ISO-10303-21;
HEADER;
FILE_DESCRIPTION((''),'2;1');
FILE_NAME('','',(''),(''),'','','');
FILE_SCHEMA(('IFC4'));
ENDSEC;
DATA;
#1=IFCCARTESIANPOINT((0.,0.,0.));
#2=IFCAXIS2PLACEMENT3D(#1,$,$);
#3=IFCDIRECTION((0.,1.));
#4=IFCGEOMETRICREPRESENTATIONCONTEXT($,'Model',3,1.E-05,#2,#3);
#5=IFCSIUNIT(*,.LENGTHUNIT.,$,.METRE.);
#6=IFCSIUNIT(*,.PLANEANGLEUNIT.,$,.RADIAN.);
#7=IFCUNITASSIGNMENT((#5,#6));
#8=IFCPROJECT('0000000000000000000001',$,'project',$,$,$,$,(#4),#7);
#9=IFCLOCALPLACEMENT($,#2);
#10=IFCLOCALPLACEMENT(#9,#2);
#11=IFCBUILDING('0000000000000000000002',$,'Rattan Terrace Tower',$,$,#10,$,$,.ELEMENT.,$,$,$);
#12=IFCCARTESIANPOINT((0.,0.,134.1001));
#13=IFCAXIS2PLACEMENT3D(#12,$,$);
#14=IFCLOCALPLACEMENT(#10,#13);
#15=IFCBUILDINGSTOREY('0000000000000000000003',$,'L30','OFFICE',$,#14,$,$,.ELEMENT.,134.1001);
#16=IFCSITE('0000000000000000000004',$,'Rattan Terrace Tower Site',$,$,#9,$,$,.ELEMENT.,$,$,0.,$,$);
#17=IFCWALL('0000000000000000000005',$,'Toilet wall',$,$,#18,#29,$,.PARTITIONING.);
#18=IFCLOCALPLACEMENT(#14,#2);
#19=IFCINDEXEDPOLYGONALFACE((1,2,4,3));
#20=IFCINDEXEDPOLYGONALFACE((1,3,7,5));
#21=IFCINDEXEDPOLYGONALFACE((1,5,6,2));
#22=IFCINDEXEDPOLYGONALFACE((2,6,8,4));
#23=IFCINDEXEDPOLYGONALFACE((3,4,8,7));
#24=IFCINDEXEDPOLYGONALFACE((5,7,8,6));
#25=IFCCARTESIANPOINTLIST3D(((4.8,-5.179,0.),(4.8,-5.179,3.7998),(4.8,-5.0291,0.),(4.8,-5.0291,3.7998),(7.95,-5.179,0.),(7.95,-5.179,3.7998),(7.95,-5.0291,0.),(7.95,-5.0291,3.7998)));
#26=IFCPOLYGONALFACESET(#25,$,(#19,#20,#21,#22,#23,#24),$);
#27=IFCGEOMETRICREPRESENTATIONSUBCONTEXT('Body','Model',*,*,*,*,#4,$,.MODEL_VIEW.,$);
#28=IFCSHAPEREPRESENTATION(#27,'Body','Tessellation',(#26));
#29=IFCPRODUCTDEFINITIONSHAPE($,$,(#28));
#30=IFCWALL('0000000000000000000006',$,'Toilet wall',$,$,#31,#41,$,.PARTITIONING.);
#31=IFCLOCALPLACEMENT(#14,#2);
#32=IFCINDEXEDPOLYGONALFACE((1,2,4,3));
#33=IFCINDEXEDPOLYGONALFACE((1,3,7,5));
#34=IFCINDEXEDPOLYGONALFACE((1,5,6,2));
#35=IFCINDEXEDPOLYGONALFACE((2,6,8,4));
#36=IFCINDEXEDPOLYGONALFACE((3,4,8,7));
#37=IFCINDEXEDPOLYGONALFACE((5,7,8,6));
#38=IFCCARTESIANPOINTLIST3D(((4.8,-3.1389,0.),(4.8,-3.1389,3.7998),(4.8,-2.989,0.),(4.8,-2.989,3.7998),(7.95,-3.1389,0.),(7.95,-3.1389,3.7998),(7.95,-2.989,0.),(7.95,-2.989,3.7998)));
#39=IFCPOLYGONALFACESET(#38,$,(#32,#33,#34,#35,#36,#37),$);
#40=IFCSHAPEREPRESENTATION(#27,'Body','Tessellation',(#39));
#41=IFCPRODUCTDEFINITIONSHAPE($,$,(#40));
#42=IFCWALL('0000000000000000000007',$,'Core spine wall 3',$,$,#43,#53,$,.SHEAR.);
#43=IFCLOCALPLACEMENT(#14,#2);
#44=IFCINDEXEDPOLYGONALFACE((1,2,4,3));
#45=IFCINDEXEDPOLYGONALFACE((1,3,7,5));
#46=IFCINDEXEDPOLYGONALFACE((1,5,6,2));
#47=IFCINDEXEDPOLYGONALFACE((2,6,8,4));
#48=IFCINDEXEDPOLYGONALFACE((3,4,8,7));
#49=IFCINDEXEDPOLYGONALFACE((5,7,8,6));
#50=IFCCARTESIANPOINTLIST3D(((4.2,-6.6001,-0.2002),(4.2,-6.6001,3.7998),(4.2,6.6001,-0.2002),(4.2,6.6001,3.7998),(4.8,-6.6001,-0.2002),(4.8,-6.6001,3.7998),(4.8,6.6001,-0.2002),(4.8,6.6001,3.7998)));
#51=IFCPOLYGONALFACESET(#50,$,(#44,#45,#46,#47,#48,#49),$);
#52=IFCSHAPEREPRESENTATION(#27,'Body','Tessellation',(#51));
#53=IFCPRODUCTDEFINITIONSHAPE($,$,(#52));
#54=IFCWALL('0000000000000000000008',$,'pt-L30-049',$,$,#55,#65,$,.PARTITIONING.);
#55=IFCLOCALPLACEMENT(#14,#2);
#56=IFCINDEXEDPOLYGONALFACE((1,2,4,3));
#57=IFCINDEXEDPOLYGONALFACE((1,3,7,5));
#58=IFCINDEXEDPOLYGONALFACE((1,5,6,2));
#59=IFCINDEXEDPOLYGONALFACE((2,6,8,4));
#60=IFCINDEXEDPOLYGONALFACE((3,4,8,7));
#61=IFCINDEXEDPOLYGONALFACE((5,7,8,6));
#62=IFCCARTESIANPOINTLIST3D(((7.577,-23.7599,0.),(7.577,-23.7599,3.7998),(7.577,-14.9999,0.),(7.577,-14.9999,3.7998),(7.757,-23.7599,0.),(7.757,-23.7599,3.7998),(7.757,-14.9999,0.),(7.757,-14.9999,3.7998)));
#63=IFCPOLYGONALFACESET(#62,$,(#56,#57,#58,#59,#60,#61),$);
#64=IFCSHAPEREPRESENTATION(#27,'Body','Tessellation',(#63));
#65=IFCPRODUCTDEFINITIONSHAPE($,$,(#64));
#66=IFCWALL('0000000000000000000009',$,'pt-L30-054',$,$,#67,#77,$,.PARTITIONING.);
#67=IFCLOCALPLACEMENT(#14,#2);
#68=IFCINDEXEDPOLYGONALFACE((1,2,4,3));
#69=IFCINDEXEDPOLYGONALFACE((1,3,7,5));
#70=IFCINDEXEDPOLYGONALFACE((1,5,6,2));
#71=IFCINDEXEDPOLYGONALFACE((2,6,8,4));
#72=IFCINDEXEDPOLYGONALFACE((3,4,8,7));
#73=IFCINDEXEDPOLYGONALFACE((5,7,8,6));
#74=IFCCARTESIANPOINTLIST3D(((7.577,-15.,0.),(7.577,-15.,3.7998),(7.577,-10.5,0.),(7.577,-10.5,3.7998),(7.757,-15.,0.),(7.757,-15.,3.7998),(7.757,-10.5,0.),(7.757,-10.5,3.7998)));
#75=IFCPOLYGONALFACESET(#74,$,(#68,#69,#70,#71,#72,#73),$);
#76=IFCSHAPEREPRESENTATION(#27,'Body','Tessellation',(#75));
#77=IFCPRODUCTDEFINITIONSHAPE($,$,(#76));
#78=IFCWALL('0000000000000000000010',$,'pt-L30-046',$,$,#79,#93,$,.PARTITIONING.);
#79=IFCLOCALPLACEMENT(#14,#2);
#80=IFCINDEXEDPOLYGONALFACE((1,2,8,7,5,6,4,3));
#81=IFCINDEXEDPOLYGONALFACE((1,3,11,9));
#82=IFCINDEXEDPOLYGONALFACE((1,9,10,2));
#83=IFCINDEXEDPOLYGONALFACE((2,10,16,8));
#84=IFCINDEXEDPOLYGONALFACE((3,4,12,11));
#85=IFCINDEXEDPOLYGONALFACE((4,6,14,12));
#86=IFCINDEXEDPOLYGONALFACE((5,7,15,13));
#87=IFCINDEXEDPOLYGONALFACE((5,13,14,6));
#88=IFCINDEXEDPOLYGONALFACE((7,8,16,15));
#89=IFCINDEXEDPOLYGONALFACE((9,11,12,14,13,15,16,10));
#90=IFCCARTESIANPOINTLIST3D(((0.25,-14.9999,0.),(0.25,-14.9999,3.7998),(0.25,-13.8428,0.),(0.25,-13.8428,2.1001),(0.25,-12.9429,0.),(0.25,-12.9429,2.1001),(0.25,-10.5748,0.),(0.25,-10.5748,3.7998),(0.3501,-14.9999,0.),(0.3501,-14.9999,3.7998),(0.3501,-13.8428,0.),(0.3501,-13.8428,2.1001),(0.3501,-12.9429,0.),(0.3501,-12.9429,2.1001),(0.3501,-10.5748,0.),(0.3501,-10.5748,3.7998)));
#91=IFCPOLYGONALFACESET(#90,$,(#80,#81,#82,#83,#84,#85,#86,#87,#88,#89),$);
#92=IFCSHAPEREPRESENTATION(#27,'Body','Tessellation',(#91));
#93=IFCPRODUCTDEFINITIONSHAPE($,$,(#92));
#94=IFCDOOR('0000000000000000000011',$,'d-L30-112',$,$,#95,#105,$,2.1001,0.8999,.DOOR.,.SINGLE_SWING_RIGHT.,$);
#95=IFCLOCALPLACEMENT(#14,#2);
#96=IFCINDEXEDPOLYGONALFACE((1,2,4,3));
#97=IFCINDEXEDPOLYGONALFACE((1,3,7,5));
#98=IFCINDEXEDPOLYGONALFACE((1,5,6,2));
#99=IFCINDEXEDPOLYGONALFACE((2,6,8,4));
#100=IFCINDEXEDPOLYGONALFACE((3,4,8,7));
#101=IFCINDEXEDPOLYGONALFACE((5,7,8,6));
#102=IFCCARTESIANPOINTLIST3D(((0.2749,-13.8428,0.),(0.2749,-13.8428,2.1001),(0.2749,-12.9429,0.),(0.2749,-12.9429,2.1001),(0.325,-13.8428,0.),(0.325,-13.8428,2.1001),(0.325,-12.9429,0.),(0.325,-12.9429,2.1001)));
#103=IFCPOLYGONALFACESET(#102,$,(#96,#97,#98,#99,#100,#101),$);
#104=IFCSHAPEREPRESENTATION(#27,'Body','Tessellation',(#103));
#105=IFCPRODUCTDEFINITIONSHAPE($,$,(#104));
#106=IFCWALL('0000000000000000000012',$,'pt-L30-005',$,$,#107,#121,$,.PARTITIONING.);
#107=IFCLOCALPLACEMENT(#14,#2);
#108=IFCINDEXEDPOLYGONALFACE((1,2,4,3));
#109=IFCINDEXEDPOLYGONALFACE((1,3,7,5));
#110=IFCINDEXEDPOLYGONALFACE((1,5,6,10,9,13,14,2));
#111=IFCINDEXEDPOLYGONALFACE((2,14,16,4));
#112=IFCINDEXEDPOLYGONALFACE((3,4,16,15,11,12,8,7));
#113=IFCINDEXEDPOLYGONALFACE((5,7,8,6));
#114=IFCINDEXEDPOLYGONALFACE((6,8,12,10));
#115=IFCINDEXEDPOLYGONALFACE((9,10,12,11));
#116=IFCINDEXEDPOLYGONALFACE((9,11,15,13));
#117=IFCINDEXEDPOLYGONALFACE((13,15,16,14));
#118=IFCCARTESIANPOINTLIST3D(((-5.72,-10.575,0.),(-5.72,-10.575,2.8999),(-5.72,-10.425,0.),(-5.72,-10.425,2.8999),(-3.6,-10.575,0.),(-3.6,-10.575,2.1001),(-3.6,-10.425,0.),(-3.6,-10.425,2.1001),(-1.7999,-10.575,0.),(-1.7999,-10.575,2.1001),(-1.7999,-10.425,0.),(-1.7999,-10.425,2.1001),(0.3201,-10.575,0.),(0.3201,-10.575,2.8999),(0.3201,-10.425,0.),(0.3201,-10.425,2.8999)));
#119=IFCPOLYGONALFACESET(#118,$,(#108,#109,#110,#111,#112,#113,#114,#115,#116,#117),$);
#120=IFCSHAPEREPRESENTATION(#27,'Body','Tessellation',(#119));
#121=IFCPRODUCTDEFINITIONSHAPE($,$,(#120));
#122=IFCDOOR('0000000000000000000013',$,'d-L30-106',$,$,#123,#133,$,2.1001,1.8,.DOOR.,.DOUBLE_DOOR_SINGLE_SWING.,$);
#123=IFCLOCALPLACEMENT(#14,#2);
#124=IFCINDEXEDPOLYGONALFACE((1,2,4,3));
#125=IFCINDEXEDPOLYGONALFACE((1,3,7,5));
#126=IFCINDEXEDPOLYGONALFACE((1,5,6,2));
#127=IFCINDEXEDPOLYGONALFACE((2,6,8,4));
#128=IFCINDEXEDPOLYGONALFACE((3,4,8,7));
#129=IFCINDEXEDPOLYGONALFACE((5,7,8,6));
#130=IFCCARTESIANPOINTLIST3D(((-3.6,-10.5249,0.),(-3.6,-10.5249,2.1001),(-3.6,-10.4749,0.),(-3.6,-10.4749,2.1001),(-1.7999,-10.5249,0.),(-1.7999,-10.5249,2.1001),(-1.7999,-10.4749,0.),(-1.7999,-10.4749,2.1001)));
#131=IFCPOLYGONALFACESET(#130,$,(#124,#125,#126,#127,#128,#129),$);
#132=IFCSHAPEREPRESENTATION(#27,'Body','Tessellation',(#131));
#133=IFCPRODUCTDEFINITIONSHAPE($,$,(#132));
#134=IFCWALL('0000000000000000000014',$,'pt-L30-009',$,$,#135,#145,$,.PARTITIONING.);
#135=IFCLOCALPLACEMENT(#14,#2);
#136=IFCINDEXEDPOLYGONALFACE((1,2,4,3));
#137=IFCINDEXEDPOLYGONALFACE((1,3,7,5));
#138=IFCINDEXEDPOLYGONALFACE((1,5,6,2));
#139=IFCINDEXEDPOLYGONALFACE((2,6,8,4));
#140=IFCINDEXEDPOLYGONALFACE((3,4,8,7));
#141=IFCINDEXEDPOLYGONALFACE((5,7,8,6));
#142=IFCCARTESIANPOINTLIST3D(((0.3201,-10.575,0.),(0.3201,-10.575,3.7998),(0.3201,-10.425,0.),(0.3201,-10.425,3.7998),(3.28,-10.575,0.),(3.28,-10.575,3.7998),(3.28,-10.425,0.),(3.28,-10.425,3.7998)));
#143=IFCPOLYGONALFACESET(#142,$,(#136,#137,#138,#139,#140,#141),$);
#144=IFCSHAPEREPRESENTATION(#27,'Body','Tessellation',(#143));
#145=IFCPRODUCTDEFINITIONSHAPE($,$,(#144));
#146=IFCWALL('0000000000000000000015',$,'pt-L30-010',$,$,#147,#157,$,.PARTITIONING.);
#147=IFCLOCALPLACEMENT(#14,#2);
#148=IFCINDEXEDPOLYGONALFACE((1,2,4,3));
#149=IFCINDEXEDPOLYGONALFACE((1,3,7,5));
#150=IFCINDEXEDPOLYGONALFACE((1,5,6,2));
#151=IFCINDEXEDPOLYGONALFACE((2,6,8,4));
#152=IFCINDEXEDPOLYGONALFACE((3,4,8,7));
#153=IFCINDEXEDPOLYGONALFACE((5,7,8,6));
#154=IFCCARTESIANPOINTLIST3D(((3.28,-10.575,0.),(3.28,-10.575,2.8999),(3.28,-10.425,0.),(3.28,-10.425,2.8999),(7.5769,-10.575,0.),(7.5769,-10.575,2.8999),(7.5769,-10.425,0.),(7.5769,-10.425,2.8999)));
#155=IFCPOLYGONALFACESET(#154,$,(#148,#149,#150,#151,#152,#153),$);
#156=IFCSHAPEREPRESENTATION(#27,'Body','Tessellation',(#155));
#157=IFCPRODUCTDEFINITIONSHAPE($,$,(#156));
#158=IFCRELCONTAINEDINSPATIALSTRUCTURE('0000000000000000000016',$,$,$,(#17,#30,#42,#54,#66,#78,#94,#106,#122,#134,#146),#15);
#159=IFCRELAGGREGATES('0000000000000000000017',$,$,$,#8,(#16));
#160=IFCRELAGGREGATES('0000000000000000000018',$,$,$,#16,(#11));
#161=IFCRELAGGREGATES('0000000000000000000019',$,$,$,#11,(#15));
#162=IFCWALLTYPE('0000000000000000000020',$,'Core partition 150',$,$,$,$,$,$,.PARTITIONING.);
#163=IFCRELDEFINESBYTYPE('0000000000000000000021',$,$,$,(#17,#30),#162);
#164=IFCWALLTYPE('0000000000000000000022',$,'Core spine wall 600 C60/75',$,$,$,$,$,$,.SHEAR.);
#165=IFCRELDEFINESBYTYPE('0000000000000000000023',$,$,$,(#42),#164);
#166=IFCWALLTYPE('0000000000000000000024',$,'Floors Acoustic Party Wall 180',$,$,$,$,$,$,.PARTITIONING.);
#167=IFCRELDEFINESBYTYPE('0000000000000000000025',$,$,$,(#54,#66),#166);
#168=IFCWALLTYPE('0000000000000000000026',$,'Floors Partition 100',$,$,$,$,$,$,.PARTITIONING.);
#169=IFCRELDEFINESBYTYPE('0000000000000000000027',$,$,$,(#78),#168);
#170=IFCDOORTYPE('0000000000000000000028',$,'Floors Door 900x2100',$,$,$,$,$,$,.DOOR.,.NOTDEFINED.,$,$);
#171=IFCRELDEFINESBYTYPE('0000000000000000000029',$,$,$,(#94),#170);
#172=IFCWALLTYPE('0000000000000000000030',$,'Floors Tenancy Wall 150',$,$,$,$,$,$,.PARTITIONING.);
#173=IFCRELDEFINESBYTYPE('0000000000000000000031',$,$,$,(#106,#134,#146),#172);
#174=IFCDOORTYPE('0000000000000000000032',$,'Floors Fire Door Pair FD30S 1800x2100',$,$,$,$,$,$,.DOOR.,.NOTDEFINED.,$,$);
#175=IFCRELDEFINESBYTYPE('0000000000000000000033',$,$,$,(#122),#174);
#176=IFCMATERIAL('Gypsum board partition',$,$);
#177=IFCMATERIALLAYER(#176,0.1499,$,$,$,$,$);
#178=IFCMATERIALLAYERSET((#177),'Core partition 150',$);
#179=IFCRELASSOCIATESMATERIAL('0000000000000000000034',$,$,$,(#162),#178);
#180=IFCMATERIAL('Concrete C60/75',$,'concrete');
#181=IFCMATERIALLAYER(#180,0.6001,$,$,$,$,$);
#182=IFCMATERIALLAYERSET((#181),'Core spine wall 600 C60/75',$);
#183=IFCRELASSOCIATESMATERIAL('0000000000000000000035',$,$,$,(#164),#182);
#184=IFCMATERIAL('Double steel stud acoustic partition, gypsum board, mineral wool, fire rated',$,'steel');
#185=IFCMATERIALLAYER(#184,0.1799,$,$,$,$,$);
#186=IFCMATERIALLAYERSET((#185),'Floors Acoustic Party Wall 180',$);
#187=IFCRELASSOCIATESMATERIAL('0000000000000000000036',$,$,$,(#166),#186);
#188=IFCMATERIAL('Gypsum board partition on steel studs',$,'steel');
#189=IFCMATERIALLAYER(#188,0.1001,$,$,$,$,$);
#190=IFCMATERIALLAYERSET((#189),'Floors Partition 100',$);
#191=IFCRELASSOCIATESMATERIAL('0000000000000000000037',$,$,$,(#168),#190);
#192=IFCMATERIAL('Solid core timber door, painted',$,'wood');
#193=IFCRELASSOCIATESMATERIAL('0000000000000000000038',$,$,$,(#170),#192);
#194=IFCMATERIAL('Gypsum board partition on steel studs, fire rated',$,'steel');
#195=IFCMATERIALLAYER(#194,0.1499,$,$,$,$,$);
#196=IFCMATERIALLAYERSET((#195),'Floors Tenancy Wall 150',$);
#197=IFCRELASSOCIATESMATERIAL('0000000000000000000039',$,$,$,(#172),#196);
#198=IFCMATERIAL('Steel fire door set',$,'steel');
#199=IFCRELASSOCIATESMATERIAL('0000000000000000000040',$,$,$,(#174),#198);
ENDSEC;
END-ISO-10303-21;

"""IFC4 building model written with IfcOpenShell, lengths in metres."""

from ifc_helpers import new_model, si_unit, direction, frame, frame_2d, origin, place, context, subcontext, project, spatial, rectangle, extrude, material, layer, layer_set, type_object, element, fill, save


model = new_model("IFC4")

# Units and contexts
model_context = context("Model", 3, precision=1e-05, world=origin(), true_north=direction((0.0, 1.0)))
body_context = subcontext(model_context, "Body", "Model", "MODEL_VIEW")
ifc_project = project(units=[si_unit("LENGTHUNIT", "METRE"), si_unit("PLANEANGLEUNIT", "RADIAN")], contexts=[model_context])

# Site, building, storey
site_placement = place(None, origin())
site = spatial("IfcSite", under=ifc_project, at=site_placement, Name="Rattan Terrace Tower Site", CompositionType="ELEMENT", RefElevation=0.0)
building_placement = place(site_placement, origin())
building = spatial("IfcBuilding", under=site, at=building_placement, Name="Rattan Terrace Tower", CompositionType="ELEMENT")
storey_placement = place(building_placement, frame((0.0, 0.0, 134.1001)))
storey = spatial("IfcBuildingStorey", under=building, at=storey_placement, Name="L30", Description="OFFICE", CompositionType="ELEMENT", Elevation=134.1001)

# Walls
ifc_material_1 = material(Name="Gypsum board partition")
ifc_layer_1 = layer(ifc_material_1, 0.1499)
ifc_layer_set_1 = layer_set([ifc_layer_1], Name="Core partition 150")
wall_type_1 = type_object("IfcWallType", Name="Core partition 150", PredefinedType="PARTITIONING", material=ifc_layer_set_1)
for number, where, z_axis, x_axis, name in (
    (1, (4.8, -5.104, 0.0), (0.0, 0.0, 1.0), (1.0, 0.0, 0.0), "Toilet wall"),
    (2, (4.8, -3.064, 0.0), (0.0, 0.0, 1.0), (1.0, 0.0, 0.0), "Toilet wall"),
):
    element("IfcWall", number, at=place(storey_placement, frame(where, z_axis=z_axis, x_axis=x_axis)), inside=storey, type_object=wall_type_1, Name=name, PredefinedType="PARTITIONING", context=body_context, shape_type="SweptSolid", body=[
        extrude(rectangle(XDim=3.1499, YDim=0.1499, at=frame_2d((1.575, 0.0))), origin(), (0.0, 0.0, 1.0), 3.7998),
    ])
ifc_material_2 = material(Name="Concrete C60/75", Category="concrete")
ifc_layer_2 = layer(ifc_material_2, 0.6001)
ifc_layer_set_2 = layer_set([ifc_layer_2], Name="Core spine wall 600 C60/75")
wall_type_2 = type_object("IfcWallType", Name="Core spine wall 600 C60/75", PredefinedType="SHEAR", material=ifc_layer_set_2)
wall_1_placement = place(storey_placement, frame((4.5, -6.6001, -0.2002), z_axis=(0.0, 0.0, 1.0), x_axis=(0.0, 1.0, 0.0)))
element("IfcWall", 3, at=wall_1_placement, inside=storey, type_object=wall_type_2, Name="Core spine wall 3", PredefinedType="SHEAR", context=body_context, shape_type="SweptSolid", body=[
    extrude(rectangle(XDim=13.2002, YDim=0.6001, at=frame_2d((6.6001, 0.0))), origin(), (0.0, 0.0, 1.0), 4.0),
])
ifc_material_3 = material(Name="Double steel stud acoustic partition, gypsum board, mineral wool, fire rated", Category="steel")
ifc_layer_3 = layer(ifc_material_3, 0.1799)
ifc_layer_set_3 = layer_set([ifc_layer_3], Name="Floors Acoustic Party Wall 180")
wall_type_3 = type_object("IfcWallType", Name="Floors Acoustic Party Wall 180", PredefinedType="PARTITIONING", material=ifc_layer_set_3)
wall_2_placement = place(storey_placement, frame((7.667, -15.0, 0.0), z_axis=(0.0, 0.0, 1.0), x_axis=(0.0, -1.0, 0.0)))
element("IfcWall", 4, at=wall_2_placement, inside=storey, type_object=wall_type_3, Name="pt-L30-049", PredefinedType="PARTITIONING", context=body_context, shape_type="SweptSolid", body=[
    extrude(rectangle(XDim=8.76, YDim=0.1799, at=frame_2d((4.3799, 0.0))), origin(), (0.0, 0.0, 1.0), 3.7998),
])
wall_3_placement = place(storey_placement, frame((7.667, -10.5, 0.0), z_axis=(0.0, 0.0, 1.0), x_axis=(0.0, -1.0, 0.0)))
element("IfcWall", 5, at=wall_3_placement, inside=storey, type_object=wall_type_3, Name="pt-L30-054", PredefinedType="PARTITIONING", context=body_context, shape_type="SweptSolid", body=[
    extrude(rectangle(XDim=4.5, YDim=0.1799, at=frame_2d((2.25, 0.0))), origin(), (0.0, 0.0, 1.0), 3.7998),
])

# Walls, openings, doors
ifc_material_4 = material(Name="Gypsum board partition on steel studs", Category="steel")
ifc_layer_4 = layer(ifc_material_4, 0.1001)
ifc_layer_set_4 = layer_set([ifc_layer_4], Name="Floors Partition 100")
wall_type_4 = type_object("IfcWallType", Name="Floors Partition 100", PredefinedType="PARTITIONING", material=ifc_layer_set_4)
wall_4_placement = place(storey_placement, frame((0.3, -10.575, 0.0), z_axis=(0.0, 0.0, 1.0), x_axis=(0.0, -1.0, 0.0)))
wall_4 = element("IfcWall", 6, at=wall_4_placement, inside=storey, type_object=wall_type_4, Name="pt-L30-046", PredefinedType="PARTITIONING", context=body_context, shape_type="SweptSolid", body=[
    extrude(rectangle(XDim=4.425, YDim=0.1001, at=frame_2d((2.2124, 0.0))), origin(), (0.0, 0.0, 1.0), 3.7998),
])
opening_1_placement = place(wall_4_placement, frame((2.3679, 0.0, 0.0)))
opening_1 = element("IfcOpeningElement", 7, at=opening_1_placement, cuts=wall_4, PredefinedType="OPENING", context=body_context, shape_type="SweptSolid", body=[
    extrude(rectangle(XDim=0.8999, YDim=2.1001, at=frame_2d((0.45, 1.05))), frame((0.0, 0.0605, 0.0), z_axis=(0.0, -1.0, 0.0), x_axis=(1.0, 0.0, 0.0)), (0.0, 0.0, 1.0), 0.1211),
])
ifc_material_5 = material(Name="Solid core timber door, painted", Category="wood")
door_type_1 = type_object("IfcDoorType", Name="Floors Door 900x2100", OperationType="NOTDEFINED", PredefinedType="DOOR", material=ifc_material_5)
door_1_placement = place(opening_1_placement, origin())
door_1 = element("IfcDoor", 8, at=door_1_placement, inside=storey, type_object=door_type_1, Name="d-L30-112", OperationType="SINGLE_SWING_RIGHT", OverallHeight=2.1001, OverallWidth=0.8999, PredefinedType="DOOR", context=body_context, shape_type="SweptSolid", body=[
    extrude(rectangle(XDim=0.8999, YDim=2.1001, at=frame_2d((0.45, 1.05))), frame((0.0, 0.0249, 0.0), z_axis=(0.0, -1.0, 0.0), x_axis=(1.0, 0.0, 0.0)), (0.0, 0.0, 1.0), 0.05),
])
fill(opening_1, door_1)
ifc_material_6 = material(Name="Gypsum board partition on steel studs, fire rated", Category="steel")
ifc_layer_5 = layer(ifc_material_6, 0.1499)
ifc_layer_set_5 = layer_set([ifc_layer_5], Name="Floors Tenancy Wall 150")
wall_type_5 = type_object("IfcWallType", Name="Floors Tenancy Wall 150", PredefinedType="PARTITIONING", material=ifc_layer_set_5)
wall_5_placement = place(storey_placement, frame((0.3201, -10.5, 0.0), z_axis=(0.0, 0.0, 1.0), x_axis=(-1.0, 0.0, 0.0)))
wall_5 = element("IfcWall", 9, at=wall_5_placement, inside=storey, type_object=wall_type_5, Name="pt-L30-005", PredefinedType="PARTITIONING", context=body_context, shape_type="SweptSolid", body=[
    extrude(rectangle(XDim=6.04, YDim=0.1499, at=frame_2d((3.02, 0.0))), origin(), (0.0, 0.0, 1.0), 2.8999),
])
opening_2_placement = place(wall_5_placement, frame((2.1201, 0.0, 0.0)))
opening_2 = element("IfcOpeningElement", 10, at=opening_2_placement, cuts=wall_5, PredefinedType="OPENING", context=body_context, shape_type="SweptSolid", body=[
    extrude(rectangle(XDim=1.8, YDim=2.1001, at=frame_2d((0.8999, 1.05))), frame((0.0, 0.0854, 0.0), z_axis=(0.0, -1.0, 0.0), x_axis=(1.0, 0.0, 0.0)), (0.0, 0.0, 1.0), 0.1709),
])
ifc_material_7 = material(Name="Steel fire door set", Category="steel")
door_type_2 = type_object("IfcDoorType", Name="Floors Fire Door Pair FD30S 1800x2100", OperationType="NOTDEFINED", PredefinedType="DOOR", material=ifc_material_7)
door_2_placement = place(opening_2_placement, origin())
door_2 = element("IfcDoor", 11, at=door_2_placement, inside=storey, type_object=door_type_2, Name="d-L30-106", OperationType="DOUBLE_DOOR_SINGLE_SWING", OverallHeight=2.1001, OverallWidth=1.8, PredefinedType="DOOR", context=body_context, shape_type="SweptSolid", body=[
    extrude(rectangle(XDim=1.8, YDim=2.1001, at=frame_2d((0.8999, 1.05))), frame((0.0, 0.0249, 0.0), z_axis=(0.0, -1.0, 0.0), x_axis=(1.0, 0.0, 0.0)), (0.0, 0.0, 1.0), 0.05),
])
fill(opening_2, door_2)

# Walls
wall_6_placement = place(storey_placement, frame((3.28, -10.5, 0.0), z_axis=(0.0, 0.0, 1.0), x_axis=(-1.0, 0.0, 0.0)))
element("IfcWall", 12, at=wall_6_placement, inside=storey, type_object=wall_type_5, Name="pt-L30-009", PredefinedType="PARTITIONING", context=body_context, shape_type="SweptSolid", body=[
    extrude(rectangle(XDim=2.96, YDim=0.1499, at=frame_2d((1.48, 0.0))), origin(), (0.0, 0.0, 1.0), 3.7998),
])
wall_7_placement = place(storey_placement, frame((7.5769, -10.5, 0.0), z_axis=(0.0, 0.0, 1.0), x_axis=(-1.0, 0.0, 0.0)))
element("IfcWall", 13, at=wall_7_placement, inside=storey, type_object=wall_type_5, Name="pt-L30-010", PredefinedType="PARTITIONING", context=body_context, shape_type="SweptSolid", body=[
    extrude(rectangle(XDim=4.2969, YDim=0.1499, at=frame_2d((2.1484, 0.0))), origin(), (0.0, 0.0, 1.0), 2.8999),
])

save(model, "model.ifc")
